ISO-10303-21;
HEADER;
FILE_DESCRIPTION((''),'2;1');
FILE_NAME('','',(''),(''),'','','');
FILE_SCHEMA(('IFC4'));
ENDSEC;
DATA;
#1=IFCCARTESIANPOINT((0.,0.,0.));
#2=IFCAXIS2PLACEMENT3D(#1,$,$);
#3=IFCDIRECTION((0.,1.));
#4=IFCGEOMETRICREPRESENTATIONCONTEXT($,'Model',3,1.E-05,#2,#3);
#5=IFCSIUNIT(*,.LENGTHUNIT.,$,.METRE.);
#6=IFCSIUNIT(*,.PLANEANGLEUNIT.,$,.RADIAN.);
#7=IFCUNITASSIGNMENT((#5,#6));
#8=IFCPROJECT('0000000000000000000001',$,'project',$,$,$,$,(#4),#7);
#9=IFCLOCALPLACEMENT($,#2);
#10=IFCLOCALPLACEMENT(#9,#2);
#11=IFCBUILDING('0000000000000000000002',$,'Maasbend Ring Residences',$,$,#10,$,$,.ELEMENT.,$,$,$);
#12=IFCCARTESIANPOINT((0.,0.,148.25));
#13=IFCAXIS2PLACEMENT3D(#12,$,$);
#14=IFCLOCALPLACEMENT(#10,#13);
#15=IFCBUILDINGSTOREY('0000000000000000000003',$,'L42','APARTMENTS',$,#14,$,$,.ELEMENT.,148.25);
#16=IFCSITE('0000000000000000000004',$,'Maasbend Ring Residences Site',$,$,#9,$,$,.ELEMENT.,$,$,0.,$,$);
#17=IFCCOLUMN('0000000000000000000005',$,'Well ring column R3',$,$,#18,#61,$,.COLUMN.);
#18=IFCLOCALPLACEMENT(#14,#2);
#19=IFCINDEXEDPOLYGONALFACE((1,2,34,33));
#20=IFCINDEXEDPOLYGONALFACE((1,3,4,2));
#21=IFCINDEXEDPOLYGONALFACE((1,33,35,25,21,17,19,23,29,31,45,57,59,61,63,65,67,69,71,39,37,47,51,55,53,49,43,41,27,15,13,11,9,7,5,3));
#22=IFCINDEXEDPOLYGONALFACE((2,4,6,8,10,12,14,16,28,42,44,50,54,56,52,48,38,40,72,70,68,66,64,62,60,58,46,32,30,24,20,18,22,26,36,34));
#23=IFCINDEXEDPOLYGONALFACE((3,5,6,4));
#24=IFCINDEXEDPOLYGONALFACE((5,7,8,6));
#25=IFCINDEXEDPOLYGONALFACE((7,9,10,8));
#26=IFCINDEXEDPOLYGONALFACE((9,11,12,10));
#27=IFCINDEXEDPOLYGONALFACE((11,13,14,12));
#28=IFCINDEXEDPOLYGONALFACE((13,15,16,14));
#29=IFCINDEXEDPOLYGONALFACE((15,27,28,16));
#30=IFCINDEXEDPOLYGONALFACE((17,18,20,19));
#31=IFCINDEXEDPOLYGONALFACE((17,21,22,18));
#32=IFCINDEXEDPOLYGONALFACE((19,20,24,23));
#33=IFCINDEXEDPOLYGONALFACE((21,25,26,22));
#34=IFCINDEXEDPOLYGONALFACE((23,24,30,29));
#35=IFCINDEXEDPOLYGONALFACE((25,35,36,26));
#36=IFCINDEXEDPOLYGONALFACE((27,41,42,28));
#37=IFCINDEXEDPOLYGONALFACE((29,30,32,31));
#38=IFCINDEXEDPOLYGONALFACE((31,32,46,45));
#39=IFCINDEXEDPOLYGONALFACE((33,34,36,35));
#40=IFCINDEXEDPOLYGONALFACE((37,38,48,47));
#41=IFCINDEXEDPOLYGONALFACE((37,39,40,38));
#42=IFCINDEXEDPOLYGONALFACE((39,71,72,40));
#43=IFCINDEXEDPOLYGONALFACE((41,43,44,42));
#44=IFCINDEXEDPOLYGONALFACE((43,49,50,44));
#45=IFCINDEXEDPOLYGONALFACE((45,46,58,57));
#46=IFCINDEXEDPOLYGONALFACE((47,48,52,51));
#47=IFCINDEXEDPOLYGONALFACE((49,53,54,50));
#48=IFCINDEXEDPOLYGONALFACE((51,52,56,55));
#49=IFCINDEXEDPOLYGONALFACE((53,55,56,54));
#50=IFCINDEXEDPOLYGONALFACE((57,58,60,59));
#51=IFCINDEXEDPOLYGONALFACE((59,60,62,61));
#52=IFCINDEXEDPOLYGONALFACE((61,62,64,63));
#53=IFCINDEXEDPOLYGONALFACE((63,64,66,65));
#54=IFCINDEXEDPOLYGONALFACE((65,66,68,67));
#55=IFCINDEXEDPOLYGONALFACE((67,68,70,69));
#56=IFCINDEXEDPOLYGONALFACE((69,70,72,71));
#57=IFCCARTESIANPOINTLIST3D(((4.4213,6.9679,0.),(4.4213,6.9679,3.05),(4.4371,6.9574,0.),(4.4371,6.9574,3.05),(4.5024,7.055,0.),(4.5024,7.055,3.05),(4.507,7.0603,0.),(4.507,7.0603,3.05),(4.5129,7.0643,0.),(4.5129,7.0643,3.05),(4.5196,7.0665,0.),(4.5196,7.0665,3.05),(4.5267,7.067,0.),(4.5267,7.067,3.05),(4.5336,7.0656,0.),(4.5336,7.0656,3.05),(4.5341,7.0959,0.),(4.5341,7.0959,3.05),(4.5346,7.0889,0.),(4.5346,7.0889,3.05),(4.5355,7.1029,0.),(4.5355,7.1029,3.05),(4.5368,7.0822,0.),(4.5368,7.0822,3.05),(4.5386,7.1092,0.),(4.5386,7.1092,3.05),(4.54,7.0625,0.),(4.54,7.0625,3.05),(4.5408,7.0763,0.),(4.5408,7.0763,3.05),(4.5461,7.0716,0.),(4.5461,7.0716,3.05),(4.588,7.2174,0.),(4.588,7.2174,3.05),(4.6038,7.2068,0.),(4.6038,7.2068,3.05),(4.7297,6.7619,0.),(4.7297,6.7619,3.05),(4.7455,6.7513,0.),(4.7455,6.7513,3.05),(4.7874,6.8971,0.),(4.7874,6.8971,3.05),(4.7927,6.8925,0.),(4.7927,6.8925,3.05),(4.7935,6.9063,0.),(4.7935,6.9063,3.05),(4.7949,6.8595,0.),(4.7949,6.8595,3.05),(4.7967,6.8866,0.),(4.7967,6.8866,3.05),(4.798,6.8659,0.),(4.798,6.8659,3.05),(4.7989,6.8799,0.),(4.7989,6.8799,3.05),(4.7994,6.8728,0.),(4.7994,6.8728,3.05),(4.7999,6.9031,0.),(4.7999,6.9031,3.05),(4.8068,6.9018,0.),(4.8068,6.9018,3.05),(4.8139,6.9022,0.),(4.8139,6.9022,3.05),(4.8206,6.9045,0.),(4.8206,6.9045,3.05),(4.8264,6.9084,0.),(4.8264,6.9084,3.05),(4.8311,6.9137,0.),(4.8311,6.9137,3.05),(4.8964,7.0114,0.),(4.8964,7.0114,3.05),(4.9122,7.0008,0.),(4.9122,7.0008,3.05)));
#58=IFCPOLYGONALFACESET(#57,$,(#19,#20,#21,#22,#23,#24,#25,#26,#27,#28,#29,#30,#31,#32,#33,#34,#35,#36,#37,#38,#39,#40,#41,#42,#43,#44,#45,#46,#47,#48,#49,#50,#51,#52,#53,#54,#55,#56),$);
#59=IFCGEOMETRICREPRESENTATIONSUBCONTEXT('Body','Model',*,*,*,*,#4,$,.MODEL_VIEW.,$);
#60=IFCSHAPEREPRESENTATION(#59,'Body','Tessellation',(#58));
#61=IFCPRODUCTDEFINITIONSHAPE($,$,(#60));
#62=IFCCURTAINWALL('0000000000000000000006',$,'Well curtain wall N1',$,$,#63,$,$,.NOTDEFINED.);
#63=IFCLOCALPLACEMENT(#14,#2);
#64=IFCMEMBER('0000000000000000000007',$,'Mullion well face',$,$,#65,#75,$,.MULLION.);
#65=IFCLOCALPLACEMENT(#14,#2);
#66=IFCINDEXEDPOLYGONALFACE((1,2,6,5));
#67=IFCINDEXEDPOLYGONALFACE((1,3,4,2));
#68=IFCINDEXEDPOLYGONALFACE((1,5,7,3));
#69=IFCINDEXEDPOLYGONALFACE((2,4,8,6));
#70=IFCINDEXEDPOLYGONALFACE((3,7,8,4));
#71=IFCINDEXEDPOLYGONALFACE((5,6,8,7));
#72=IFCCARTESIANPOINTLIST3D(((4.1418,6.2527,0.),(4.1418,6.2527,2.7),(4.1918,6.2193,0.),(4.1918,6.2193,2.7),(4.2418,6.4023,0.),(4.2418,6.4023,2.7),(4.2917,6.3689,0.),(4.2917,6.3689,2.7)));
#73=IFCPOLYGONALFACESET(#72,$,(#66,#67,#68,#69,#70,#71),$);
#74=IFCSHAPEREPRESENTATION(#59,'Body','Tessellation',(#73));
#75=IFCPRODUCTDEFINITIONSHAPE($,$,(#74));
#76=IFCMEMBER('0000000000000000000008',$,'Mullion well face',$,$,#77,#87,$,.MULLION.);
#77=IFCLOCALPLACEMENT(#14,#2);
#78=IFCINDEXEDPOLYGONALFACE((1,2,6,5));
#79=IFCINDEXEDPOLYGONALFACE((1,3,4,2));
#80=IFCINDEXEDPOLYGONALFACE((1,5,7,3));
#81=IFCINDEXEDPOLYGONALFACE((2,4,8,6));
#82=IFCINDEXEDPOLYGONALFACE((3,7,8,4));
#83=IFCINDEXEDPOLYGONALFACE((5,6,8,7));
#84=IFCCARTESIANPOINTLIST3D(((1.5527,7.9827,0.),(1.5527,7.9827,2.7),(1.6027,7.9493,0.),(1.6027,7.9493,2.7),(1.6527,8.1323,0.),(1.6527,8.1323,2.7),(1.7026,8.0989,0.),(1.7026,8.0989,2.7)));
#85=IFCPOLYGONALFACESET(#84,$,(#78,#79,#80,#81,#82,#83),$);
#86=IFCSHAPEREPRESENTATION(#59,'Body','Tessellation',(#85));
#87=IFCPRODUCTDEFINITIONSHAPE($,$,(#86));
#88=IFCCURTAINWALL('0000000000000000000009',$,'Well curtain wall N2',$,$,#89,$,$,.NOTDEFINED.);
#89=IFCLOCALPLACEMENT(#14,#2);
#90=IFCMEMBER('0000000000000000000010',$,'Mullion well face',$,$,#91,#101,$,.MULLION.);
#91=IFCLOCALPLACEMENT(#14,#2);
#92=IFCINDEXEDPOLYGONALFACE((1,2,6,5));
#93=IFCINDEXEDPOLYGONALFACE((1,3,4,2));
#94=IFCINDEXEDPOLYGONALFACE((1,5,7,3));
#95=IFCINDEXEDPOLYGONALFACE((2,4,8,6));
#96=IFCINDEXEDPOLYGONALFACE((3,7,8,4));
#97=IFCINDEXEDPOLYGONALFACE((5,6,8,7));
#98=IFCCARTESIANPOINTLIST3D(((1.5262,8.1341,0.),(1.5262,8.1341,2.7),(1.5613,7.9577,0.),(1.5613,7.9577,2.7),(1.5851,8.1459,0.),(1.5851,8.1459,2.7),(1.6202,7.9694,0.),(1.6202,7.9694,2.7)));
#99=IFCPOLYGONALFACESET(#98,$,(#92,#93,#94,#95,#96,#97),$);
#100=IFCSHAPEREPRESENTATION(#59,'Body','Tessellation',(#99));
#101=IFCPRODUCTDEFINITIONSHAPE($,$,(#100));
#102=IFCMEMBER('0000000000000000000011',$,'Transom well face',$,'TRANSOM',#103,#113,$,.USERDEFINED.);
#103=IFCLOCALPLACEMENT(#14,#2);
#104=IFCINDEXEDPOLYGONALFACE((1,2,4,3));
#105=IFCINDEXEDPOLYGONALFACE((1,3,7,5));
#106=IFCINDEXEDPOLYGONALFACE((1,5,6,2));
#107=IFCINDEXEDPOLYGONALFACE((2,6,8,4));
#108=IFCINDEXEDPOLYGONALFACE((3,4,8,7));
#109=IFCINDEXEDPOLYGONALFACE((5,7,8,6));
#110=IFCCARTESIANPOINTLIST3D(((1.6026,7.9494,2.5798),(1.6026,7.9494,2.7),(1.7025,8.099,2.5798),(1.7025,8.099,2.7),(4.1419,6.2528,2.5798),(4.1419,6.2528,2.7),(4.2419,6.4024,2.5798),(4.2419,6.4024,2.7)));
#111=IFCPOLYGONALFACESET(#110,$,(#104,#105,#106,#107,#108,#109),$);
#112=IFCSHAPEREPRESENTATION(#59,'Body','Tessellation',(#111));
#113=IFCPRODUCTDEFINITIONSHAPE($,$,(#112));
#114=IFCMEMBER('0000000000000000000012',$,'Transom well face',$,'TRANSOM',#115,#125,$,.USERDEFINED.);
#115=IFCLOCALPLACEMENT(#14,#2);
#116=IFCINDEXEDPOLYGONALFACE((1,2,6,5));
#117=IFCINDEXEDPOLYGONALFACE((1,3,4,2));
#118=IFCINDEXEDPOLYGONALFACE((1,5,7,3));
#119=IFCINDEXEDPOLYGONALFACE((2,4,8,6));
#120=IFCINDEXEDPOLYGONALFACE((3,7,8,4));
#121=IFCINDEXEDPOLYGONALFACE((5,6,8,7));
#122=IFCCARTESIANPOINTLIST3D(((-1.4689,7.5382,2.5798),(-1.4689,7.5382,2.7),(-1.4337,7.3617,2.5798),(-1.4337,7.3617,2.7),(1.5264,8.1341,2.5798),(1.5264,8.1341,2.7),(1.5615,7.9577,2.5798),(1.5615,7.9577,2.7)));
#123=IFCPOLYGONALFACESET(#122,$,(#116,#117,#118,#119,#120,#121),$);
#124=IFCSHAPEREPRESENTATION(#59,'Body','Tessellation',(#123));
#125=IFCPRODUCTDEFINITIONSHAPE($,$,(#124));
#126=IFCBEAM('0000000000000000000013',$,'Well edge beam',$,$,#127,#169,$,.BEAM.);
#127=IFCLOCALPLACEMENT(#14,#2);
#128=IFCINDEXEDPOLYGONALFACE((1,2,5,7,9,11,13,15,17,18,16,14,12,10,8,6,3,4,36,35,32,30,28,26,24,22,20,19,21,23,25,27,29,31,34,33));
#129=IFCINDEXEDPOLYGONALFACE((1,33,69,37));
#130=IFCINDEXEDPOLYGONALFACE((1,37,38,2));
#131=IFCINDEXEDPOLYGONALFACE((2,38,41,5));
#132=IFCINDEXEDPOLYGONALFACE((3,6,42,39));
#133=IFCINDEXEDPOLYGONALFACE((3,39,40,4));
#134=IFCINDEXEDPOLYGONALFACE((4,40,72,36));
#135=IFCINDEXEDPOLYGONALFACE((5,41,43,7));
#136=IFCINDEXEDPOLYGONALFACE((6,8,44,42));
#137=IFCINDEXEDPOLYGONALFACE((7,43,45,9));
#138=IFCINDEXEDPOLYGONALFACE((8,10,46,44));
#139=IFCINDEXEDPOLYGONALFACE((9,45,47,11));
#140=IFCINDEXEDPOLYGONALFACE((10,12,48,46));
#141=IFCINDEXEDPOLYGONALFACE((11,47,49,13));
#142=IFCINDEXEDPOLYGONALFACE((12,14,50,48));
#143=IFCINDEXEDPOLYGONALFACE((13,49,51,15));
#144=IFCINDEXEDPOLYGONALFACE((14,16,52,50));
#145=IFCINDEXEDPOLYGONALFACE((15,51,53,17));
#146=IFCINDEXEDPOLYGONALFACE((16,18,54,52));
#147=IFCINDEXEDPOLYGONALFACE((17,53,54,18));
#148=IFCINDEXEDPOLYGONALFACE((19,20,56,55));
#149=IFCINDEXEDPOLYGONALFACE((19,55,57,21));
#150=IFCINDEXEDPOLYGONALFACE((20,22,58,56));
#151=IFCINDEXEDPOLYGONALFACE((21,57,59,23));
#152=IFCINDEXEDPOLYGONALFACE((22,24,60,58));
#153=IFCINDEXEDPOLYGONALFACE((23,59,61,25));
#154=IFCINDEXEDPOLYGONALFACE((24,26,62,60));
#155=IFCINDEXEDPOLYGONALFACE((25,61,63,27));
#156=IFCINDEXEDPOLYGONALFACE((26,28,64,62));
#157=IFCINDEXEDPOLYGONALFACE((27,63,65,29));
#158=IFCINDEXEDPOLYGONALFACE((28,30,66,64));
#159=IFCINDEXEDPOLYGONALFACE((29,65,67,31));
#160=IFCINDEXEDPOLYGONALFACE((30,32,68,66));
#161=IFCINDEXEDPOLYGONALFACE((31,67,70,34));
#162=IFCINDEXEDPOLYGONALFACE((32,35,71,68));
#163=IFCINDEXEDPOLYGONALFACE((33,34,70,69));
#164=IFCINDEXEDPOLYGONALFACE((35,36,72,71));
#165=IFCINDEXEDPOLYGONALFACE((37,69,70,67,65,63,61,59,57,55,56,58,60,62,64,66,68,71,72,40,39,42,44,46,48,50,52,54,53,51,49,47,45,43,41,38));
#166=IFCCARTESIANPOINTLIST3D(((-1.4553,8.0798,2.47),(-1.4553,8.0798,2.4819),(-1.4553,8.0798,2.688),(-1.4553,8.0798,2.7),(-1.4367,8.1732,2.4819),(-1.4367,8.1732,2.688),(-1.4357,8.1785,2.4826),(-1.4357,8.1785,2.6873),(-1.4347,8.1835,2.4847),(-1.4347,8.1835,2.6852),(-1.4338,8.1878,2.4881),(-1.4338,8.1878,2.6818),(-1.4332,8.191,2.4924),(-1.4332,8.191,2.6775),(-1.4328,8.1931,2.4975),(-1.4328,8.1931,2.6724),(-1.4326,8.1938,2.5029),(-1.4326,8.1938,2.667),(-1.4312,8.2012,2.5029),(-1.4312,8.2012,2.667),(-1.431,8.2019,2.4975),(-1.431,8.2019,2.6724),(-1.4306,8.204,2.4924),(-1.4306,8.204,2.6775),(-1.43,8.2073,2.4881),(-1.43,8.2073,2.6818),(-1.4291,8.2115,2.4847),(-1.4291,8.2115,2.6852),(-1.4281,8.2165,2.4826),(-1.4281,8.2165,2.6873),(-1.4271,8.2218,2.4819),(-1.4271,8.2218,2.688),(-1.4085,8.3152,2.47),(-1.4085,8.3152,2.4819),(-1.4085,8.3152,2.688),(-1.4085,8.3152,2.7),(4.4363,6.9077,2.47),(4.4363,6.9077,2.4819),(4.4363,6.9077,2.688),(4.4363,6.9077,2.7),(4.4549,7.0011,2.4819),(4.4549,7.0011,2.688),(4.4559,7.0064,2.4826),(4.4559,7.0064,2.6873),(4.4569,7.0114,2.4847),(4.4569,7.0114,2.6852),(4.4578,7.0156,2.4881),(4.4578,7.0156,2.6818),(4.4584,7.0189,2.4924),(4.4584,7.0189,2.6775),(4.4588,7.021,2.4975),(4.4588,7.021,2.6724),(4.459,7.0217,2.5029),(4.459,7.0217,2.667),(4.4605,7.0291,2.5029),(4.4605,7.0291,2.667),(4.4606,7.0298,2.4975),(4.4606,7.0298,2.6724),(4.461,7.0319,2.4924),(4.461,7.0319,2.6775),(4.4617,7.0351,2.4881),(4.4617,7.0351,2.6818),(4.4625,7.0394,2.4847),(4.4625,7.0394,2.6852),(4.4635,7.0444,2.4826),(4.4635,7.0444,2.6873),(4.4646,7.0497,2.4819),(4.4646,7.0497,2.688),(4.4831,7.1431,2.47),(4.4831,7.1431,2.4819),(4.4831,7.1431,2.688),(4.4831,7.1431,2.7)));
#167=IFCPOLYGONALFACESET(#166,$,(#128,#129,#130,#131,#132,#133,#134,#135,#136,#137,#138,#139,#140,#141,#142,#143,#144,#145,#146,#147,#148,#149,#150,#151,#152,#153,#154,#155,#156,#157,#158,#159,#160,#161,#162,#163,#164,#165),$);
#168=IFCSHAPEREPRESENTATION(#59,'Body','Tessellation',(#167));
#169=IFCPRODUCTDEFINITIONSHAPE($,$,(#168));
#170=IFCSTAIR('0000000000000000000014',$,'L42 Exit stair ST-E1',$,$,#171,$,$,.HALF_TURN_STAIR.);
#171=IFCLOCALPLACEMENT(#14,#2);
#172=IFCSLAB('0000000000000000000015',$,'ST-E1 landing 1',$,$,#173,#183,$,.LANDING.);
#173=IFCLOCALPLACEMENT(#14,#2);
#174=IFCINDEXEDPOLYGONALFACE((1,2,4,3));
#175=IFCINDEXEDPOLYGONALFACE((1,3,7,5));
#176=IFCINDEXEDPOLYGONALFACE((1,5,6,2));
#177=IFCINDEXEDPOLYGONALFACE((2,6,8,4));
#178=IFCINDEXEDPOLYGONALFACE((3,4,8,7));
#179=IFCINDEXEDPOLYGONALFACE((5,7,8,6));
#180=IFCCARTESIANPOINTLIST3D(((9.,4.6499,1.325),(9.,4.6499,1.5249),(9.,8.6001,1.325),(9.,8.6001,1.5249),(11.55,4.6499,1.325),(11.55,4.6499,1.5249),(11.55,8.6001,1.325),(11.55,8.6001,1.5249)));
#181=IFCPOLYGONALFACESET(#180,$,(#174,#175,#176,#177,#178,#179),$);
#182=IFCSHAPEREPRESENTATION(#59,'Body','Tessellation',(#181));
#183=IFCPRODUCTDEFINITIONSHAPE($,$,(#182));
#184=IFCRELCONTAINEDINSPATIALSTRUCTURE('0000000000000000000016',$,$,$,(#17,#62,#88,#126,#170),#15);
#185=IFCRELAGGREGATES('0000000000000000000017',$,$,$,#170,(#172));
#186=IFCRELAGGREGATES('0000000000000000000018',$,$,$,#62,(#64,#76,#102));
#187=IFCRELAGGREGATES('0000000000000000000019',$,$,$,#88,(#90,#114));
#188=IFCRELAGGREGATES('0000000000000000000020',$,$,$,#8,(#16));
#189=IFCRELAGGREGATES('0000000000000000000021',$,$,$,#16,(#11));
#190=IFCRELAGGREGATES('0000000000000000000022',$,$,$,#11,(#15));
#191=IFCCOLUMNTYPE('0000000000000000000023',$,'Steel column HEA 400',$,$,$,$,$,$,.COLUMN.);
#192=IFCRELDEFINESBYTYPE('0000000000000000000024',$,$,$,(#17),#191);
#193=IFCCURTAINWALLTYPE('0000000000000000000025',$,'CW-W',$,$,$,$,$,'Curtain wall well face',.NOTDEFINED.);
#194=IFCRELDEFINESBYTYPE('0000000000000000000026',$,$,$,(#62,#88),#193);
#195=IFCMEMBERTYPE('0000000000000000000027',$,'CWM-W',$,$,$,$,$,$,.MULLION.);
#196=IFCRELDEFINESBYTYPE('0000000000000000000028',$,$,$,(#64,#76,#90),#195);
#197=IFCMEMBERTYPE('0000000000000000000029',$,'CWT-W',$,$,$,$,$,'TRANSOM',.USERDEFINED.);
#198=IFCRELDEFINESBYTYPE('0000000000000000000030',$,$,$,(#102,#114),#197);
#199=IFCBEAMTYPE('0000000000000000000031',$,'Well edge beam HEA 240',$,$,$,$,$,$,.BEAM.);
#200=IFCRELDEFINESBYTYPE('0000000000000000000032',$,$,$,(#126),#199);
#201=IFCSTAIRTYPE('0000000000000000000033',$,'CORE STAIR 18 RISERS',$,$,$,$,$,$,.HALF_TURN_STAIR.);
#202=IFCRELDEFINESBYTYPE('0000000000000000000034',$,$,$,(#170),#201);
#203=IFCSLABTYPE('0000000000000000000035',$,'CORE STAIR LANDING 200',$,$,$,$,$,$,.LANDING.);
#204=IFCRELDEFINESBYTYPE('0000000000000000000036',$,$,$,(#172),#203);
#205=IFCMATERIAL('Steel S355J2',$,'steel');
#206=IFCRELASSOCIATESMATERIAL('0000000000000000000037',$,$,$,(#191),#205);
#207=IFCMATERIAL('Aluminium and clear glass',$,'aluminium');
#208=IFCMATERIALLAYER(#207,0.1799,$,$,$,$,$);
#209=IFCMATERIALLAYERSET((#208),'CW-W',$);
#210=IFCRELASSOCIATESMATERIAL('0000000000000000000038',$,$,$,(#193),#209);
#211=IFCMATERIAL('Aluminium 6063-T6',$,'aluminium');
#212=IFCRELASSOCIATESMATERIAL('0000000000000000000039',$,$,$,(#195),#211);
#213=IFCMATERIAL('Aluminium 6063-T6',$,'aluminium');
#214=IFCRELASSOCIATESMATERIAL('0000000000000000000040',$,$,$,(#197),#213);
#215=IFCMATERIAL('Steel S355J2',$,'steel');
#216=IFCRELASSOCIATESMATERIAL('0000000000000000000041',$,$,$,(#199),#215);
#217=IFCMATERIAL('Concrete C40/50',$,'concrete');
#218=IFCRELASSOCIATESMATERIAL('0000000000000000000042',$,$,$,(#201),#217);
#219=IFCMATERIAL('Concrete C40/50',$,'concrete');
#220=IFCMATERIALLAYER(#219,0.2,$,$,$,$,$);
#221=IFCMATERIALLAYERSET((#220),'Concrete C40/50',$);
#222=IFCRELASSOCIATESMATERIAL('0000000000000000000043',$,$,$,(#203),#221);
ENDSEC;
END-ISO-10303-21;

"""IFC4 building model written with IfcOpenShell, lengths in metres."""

from ifc_helpers import new_model, si_unit, direction, frame, origin, origin_2d, place, context, subcontext, project, spatial, polyline, rectangle, i_section, outline, extrude, material, layer, layer_set, material_profile, profile_set, type_object, element, aggregate, save


model = new_model("IFC4")

# Units and contexts
model_context = context("Model", 3, precision=1e-05, world=origin(), true_north=direction((0.0, 1.0)))
body_context = subcontext(model_context, "Body", "Model", "MODEL_VIEW")
ifc_project = project(units=[si_unit("LENGTHUNIT", "METRE"), si_unit("PLANEANGLEUNIT", "RADIAN")], contexts=[model_context])

# Site, building, storey
site_placement = place(None, origin())
site = spatial("IfcSite", under=ifc_project, at=site_placement, Name="Maasbend Ring Residences Site", CompositionType="ELEMENT", RefElevation=0.0)
building_placement = place(site_placement, origin())
building = spatial("IfcBuilding", under=site, at=building_placement, Name="Maasbend Ring Residences", CompositionType="ELEMENT")
storey_placement = place(building_placement, frame((0.0, 0.0, 148.25)))
storey = spatial("IfcBuildingStorey", under=building, at=storey_placement, Name="L42", Description="APARTMENTS", CompositionType="ELEMENT", Elevation=148.25)

# Column
ifc_material_1 = material(Name="Steel S355J2", Category="steel")
ifc_material_profile_1 = material_profile(ifc_material_1, i_section(OverallWidth=0.3, OverallDepth=0.3899, WebThickness=0.011, FlangeThickness=0.019, FilletRadius=0.0271, at=origin_2d()), Name="HEA 400")
ifc_profile_set_1 = profile_set([ifc_material_profile_1], Name="Steel S355J2")
column_type = type_object("IfcColumnType", Name="Steel column HEA 400", PredefinedType="COLUMN", material=ifc_profile_set_1)
column_placement = place(storey_placement, frame((4.6667, 6.9844, 0.0), z_axis=(0.0, 0.0, 1.0), x_axis=(0.55557, 0.83147, 0.0)))
element("IfcColumn", 1, at=column_placement, inside=storey, type_object=column_type, Name="Well ring column R3", PredefinedType="COLUMN", context=body_context, shape_type="SweptSolid", body=[
    extrude(i_section(OverallWidth=0.3, OverallDepth=0.3899, WebThickness=0.011, FlangeThickness=0.019, FilletRadius=0.0271, at=origin_2d()), origin(), (0.0, 0.0, 1.0), 3.05),
])

# Curtain wall, members
ifc_material_2 = material(Name="Aluminium and clear glass", Category="aluminium")
ifc_layer_1 = layer(ifc_material_2, 0.1799)
ifc_layer_set_1 = layer_set([ifc_layer_1], Name="CW-W")
curtain_wall_type = type_object("IfcCurtainWallType", Name="CW-W", ElementType="Curtain wall well face", PredefinedType="NOTDEFINED", material=ifc_layer_set_1)
curtain_wall_1_placement = place(storey_placement, origin())
curtain_wall_1 = element("IfcCurtainWall", 2, at=curtain_wall_1_placement, inside=storey, type_object=curtain_wall_type, Name="Well curtain wall N1", PredefinedType="NOTDEFINED")
ifc_material_3 = material(Name="Aluminium 6063-T6", Category="aluminium")
ifc_material_profile_2 = material_profile(ifc_material_3, rectangle(XDim=0.1799, YDim=0.0601, at=origin_2d()), Name="AL 180x60")
ifc_profile_set_2 = profile_set([ifc_material_profile_2], Name="Aluminium 6063-T6")
member_type_1 = type_object("IfcMemberType", Name="CWM-W", PredefinedType="MULLION", material=ifc_profile_set_2)
member_1_placement = place(storey_placement, frame((4.2168, 6.3108, 0.0), z_axis=(0.0, 0.0, 1.0), x_axis=(-0.55557, -0.83147, 0.0)))
member_1 = element("IfcMember", 3, at=member_1_placement, type_object=member_type_1, Name="Mullion well face", PredefinedType="MULLION", context=body_context, shape_type="SweptSolid", body=[
    extrude(rectangle(XDim=0.1799, YDim=0.0601, at=origin_2d()), origin(), (0.0, 0.0, 1.0), 2.7),
])
member_2_placement = place(storey_placement, frame((1.6277, 8.0408, 0.0), z_axis=(0.0, 0.0, 1.0), x_axis=(-0.55557, -0.83147, 0.0)))
member_2 = element("IfcMember", 4, at=member_2_placement, type_object=member_type_1, Name="Mullion well face", PredefinedType="MULLION", context=body_context, shape_type="SweptSolid", body=[
    extrude(rectangle(XDim=0.1799, YDim=0.0601, at=origin_2d()), origin(), (0.0, 0.0, 1.0), 2.7),
])

# Curtain wall, member
curtain_wall_2_placement = place(storey_placement, origin())
curtain_wall_2 = element("IfcCurtainWall", 5, at=curtain_wall_2_placement, inside=storey, type_object=curtain_wall_type, Name="Well curtain wall N2", PredefinedType="NOTDEFINED")
member_3_placement = place(storey_placement, frame((1.5732, 8.0518, 0.0), z_axis=(0.0, 0.0, 1.0), x_axis=(0.19509, -0.980785, 0.0)))
member_3 = element("IfcMember", 6, at=member_3_placement, type_object=member_type_1, Name="Mullion well face", PredefinedType="MULLION", context=body_context, shape_type="SweptSolid", body=[
    extrude(rectangle(XDim=0.1799, YDim=0.0601, at=origin_2d()), origin(), (0.0, 0.0, 1.0), 2.7),
])

# Members
ifc_material_4 = material(Name="Aluminium 6063-T6", Category="aluminium")
ifc_material_profile_3 = material_profile(ifc_material_4, rectangle(XDim=0.1799, YDim=0.1201, at=origin_2d()), Name="AL 180x120")
ifc_profile_set_3 = profile_set([ifc_material_profile_3], Name="Aluminium 6063-T6")
member_type_2 = type_object("IfcMemberType", Name="CWT-W", ElementType="TRANSOM", PredefinedType="USERDEFINED", material=ifc_profile_set_3)
member_4_placement = place(storey_placement, frame((4.1919, 6.3276, 2.6399), z_axis=(-0.831496, 0.55553, 0.0), x_axis=(-0.55553, -0.831496, 0.0)))
member_4 = element("IfcMember", 7, at=member_4_placement, type_object=member_type_2, Name="Transom well face", ObjectType="TRANSOM", PredefinedType="USERDEFINED", context=body_context, shape_type="SweptSolid", body=[
    extrude(rectangle(XDim=0.1799, YDim=0.1201, at=origin_2d()), origin(), (0.0, 0.0, 1.0), 3.054),
])
member_5_placement = place(storey_placement, frame((1.5439, 8.0459, 2.6399), z_axis=(-0.980777, -0.195132, 0.0), x_axis=(0.195132, -0.980777, 0.0)))
member_5 = element("IfcMember", 8, at=member_5_placement, type_object=member_type_2, Name="Transom well face", ObjectType="TRANSOM", PredefinedType="USERDEFINED", context=body_context, shape_type="SweptSolid", body=[
    extrude(rectangle(XDim=0.1799, YDim=0.1201, at=origin_2d()), origin(), (0.0, 0.0, 1.0), 3.054),
])

# Beam
ifc_material_5 = material(Name="Steel S355J2", Category="steel")
ifc_material_profile_4 = material_profile(ifc_material_5, i_section(OverallWidth=0.24, OverallDepth=0.23, WebThickness=0.0076, FlangeThickness=0.012, FilletRadius=0.021, at=origin_2d()), Name="HEA 240")
ifc_profile_set_4 = profile_set([ifc_material_profile_4], Name="Steel S355J2")
beam_type = type_object("IfcBeamType", Name="Well edge beam HEA 240", PredefinedType="BEAM", material=ifc_profile_set_4)
beam_placement = place(storey_placement, frame((4.4597, 7.0254, 2.585), z_axis=(-0.980779, 0.195123, 0.0), x_axis=(-0.195123, -0.980779, 0.0)))
element("IfcBeam", 9, at=beam_placement, inside=storey, type_object=beam_type, Name="Well edge beam", PredefinedType="BEAM", context=body_context, shape_type="SweptSolid", body=[
    extrude(i_section(OverallWidth=0.24, OverallDepth=0.23, WebThickness=0.0076, FlangeThickness=0.012, FilletRadius=0.021, at=origin_2d()), origin(), (0.0, 0.0, 1.0), 6.0071),
])

# Stair, slab
ifc_material_6 = material(Name="Concrete C40/50", Category="concrete")
stair_type = type_object("IfcStairType", Name="CORE STAIR 18 RISERS", PredefinedType="HALF_TURN_STAIR", material=ifc_material_6)
stair_1_placement = place(storey_placement, origin())
stair_1 = element("IfcStair", 10, at=stair_1_placement, inside=storey, type_object=stair_type, Name="L42 Exit stair ST-E1", PredefinedType="HALF_TURN_STAIR")
ifc_material_7 = material(Name="Concrete C40/50", Category="concrete")
ifc_layer_2 = layer(ifc_material_7, 0.2)
ifc_layer_set_2 = layer_set([ifc_layer_2], Name="Concrete C40/50")
slab_type = type_object("IfcSlabType", Name="CORE STAIR LANDING 200", PredefinedType="LANDING", material=ifc_layer_set_2)
slab_1_placement = place(storey_placement, frame((0.0, 0.0, 1.325)))
slab_1 = element("IfcSlab", 11, at=slab_1_placement, type_object=slab_type, Name="ST-E1 landing 1", PredefinedType="LANDING", context=body_context, shape_type="SweptSolid", body=[
    extrude(outline(polyline([(11.55, 8.6001), (9.0, 8.6001), (9.0, 4.6499), (11.55, 4.6499), (11.55, 8.6001)])), origin(), (0.0, 0.0, 1.0), 0.2),
])
aggregate(stair_1, [slab_1])

aggregate(curtain_wall_1, [member_1, member_2, member_4])
aggregate(curtain_wall_2, [member_3, member_5])

save(model, "model.ifc")
